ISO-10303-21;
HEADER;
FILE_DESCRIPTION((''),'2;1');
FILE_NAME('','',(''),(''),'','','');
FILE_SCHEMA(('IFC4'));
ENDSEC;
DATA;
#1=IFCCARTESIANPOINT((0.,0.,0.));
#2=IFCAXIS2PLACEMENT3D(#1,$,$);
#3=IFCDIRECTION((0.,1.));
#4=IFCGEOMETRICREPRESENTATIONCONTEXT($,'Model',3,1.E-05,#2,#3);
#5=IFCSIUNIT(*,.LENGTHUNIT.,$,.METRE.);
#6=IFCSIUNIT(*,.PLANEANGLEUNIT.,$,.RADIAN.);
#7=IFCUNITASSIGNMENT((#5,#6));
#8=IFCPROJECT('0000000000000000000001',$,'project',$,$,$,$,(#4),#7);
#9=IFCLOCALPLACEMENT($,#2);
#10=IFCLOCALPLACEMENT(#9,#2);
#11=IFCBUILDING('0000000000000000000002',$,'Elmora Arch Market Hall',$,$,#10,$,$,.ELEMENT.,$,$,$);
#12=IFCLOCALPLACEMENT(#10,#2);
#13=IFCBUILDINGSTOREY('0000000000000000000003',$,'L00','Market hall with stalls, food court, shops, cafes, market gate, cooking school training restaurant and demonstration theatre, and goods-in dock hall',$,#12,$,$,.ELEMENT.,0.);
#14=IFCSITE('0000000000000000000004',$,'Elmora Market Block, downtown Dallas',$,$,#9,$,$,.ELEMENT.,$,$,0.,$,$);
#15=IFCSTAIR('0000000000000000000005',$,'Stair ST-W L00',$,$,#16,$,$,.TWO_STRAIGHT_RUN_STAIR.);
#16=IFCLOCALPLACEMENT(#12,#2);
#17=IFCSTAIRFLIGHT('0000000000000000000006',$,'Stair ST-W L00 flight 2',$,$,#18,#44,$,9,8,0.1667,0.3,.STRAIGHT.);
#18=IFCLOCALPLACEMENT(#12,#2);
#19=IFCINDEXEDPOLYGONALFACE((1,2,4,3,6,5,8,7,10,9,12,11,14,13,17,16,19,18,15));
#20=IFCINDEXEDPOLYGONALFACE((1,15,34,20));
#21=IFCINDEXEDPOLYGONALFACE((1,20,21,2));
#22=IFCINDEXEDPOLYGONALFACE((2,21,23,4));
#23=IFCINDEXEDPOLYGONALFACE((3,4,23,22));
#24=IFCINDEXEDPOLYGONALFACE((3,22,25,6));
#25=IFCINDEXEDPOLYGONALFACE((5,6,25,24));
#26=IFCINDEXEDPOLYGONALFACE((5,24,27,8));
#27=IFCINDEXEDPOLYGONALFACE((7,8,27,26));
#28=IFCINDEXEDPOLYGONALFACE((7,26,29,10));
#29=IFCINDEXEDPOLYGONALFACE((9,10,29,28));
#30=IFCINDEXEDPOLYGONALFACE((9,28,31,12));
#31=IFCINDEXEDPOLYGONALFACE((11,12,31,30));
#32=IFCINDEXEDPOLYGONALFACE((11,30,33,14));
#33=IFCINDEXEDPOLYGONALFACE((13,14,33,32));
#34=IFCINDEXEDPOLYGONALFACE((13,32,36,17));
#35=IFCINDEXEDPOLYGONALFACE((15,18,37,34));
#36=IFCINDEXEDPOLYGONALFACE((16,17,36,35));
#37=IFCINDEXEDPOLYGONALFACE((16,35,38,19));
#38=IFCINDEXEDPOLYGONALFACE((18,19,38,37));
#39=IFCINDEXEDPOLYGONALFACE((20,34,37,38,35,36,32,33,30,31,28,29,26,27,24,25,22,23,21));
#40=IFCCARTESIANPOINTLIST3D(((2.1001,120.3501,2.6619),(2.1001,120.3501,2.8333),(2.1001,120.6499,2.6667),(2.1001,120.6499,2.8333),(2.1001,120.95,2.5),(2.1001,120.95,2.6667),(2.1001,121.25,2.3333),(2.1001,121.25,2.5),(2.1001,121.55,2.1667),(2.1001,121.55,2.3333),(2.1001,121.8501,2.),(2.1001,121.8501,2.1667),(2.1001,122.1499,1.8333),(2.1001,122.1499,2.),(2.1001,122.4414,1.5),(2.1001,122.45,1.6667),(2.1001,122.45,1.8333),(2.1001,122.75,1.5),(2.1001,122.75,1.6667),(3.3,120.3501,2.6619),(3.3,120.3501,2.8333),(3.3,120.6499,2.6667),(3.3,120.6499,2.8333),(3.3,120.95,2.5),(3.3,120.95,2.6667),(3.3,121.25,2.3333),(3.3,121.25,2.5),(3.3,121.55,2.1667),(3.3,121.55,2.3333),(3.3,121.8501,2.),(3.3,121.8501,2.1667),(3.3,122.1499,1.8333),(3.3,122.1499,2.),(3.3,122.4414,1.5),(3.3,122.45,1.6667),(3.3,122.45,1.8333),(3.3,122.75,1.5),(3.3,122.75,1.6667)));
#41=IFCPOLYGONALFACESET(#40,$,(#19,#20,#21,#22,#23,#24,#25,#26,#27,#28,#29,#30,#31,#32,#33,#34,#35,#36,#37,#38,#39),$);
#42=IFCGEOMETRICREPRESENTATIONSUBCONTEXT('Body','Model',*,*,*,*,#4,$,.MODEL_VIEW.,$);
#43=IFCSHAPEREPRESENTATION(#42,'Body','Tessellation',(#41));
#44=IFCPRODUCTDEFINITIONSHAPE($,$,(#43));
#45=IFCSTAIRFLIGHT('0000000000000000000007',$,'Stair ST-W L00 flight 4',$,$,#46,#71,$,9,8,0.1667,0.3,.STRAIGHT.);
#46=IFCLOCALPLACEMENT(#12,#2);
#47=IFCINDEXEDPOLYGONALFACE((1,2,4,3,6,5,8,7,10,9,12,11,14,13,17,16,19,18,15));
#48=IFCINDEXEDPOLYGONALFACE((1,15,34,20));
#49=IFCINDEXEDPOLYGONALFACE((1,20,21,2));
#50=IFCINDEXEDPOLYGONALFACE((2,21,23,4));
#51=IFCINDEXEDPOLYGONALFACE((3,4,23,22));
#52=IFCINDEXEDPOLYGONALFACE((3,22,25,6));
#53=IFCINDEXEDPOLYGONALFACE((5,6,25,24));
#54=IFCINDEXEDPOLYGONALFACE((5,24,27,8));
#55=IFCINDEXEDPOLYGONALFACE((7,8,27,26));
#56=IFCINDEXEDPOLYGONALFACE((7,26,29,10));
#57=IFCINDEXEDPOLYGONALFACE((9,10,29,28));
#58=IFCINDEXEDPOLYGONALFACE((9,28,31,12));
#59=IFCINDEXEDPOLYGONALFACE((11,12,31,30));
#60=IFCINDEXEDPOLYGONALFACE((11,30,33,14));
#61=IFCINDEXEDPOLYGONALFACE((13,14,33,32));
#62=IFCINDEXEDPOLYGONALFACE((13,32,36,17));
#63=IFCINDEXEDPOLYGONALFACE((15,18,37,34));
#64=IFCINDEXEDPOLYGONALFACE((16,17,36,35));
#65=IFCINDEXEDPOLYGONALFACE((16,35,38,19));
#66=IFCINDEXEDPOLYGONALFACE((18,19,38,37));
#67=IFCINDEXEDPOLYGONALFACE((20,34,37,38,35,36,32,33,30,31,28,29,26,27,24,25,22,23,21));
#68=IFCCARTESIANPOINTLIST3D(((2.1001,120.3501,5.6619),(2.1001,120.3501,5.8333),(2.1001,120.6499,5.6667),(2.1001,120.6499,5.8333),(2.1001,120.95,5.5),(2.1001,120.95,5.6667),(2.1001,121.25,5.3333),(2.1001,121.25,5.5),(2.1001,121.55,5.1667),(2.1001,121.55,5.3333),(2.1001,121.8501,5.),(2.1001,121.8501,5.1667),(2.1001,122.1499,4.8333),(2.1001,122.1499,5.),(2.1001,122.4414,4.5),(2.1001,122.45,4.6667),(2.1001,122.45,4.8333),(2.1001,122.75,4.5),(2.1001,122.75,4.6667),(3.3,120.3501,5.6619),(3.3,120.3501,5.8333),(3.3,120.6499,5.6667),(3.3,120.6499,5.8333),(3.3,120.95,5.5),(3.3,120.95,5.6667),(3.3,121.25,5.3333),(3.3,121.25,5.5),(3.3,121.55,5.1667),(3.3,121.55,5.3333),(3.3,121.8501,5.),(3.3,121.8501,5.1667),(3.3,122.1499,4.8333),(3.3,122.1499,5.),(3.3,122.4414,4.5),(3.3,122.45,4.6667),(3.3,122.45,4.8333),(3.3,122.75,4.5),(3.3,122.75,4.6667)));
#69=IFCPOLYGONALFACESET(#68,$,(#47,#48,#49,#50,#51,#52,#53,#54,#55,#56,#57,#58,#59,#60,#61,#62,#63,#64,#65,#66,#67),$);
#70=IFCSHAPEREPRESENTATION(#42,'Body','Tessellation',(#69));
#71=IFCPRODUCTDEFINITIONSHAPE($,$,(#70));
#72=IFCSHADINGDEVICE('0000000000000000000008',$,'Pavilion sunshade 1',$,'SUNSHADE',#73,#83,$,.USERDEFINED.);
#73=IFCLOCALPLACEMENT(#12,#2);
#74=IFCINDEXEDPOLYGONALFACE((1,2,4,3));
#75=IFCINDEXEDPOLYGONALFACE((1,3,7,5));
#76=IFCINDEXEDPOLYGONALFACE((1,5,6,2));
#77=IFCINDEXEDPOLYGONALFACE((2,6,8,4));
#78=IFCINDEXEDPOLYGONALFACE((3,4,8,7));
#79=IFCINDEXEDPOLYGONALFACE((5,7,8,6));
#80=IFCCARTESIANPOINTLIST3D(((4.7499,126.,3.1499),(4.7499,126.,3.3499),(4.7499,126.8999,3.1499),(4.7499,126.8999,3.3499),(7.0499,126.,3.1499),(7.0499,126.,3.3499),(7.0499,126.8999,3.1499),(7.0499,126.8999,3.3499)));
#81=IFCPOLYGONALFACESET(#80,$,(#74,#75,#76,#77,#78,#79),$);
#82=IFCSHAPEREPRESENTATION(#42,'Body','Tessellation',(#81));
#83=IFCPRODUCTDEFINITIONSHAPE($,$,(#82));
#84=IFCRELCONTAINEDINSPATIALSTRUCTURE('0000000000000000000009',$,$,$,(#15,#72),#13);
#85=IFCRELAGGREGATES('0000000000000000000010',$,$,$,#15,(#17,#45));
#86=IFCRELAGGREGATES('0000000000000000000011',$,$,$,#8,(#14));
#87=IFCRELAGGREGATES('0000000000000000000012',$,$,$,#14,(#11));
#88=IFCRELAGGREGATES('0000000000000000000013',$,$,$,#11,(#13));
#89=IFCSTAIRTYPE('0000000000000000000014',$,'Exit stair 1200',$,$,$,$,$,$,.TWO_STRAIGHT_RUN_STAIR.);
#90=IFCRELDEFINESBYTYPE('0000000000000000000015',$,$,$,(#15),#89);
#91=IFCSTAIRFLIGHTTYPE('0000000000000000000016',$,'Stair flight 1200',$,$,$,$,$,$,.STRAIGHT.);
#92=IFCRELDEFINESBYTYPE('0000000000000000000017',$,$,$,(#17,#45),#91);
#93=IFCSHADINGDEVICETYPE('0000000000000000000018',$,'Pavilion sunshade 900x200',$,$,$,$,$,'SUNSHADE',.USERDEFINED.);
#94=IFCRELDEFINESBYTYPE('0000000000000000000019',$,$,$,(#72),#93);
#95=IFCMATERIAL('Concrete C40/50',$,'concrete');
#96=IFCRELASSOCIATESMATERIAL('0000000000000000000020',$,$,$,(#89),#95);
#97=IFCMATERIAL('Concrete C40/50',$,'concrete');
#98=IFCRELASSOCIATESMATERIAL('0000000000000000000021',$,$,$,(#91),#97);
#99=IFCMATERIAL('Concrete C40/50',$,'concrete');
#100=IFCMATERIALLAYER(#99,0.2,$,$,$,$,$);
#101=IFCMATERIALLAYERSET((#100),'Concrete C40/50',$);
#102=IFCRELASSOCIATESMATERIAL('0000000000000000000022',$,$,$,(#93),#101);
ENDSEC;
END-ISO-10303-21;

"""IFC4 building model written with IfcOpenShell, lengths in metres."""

from ifc_helpers import new_model, si_unit, direction, frame, origin, origin_2d, place, context, subcontext, project, spatial, polyline, rectangle, outline, extrude, material, layer, layer_set, type_object, element, aggregate, save


model = new_model("IFC4")

# Units and contexts
model_context = context("Model", 3, precision=1e-05, world=origin(), true_north=direction((0.0, 1.0)))
body_context = subcontext(model_context, "Body", "Model", "MODEL_VIEW")
ifc_project = project(units=[si_unit("LENGTHUNIT", "METRE"), si_unit("PLANEANGLEUNIT", "RADIAN")], contexts=[model_context])

# Site, building, storey
site_placement = place(None, origin())
site = spatial("IfcSite", under=ifc_project, at=site_placement, Name="Elmora Market Block, downtown Dallas", CompositionType="ELEMENT", RefElevation=0.0)
building_placement = place(site_placement, origin())
building = spatial("IfcBuilding", under=site, at=building_placement, Name="Elmora Arch Market Hall", CompositionType="ELEMENT")
storey_placement = place(building_placement, origin())
storey = spatial("IfcBuildingStorey", under=building, at=storey_placement, Name="L00", Description="Market hall with stalls, food court, shops, cafes, market gate, cooking school training restaurant and demonstration theatre, and goods-in dock hall", CompositionType="ELEMENT", Elevation=0.0)

# Stair, stair flights
ifc_material_1 = material(Name="Concrete C40/50", Category="concrete")
stair_type = type_object("IfcStairType", Name="Exit stair 1200", PredefinedType="TWO_STRAIGHT_RUN_STAIR", material=ifc_material_1)
stair_placement = place(storey_placement, origin())
stair = element("IfcStair", 1, at=stair_placement, inside=storey, type_object=stair_type, Name="Stair ST-W L00", PredefinedType="TWO_STRAIGHT_RUN_STAIR")
ifc_material_2 = material(Name="Concrete C40/50", Category="concrete")
stair_flight_type = type_object("IfcStairFlightType", Name="Stair flight 1200", PredefinedType="STRAIGHT", material=ifc_material_2)
stair_flight_1_placement = place(storey_placement, frame((2.7, 122.75, 1.5), z_axis=(0.0, 0.0, 1.0), x_axis=(0.0, -1.0, 0.0)))
stair_flight_1 = element("IfcStairFlight", 2, at=stair_flight_1_placement, type_object=stair_flight_type, Name="Stair ST-W L00 flight 2", NumberOfRisers=9, NumberOfTreads=8, PredefinedType="STRAIGHT", RiserHeight=0.1667, TreadLength=0.3, context=body_context, shape_type="SweptSolid", body=[
    extrude(outline(polyline([(0.0, 0.0), (0.0, 0.1667), (0.3, 0.1667), (0.3, 0.3333), (0.6001, 0.3333), (0.6001, 0.5), (0.8999, 0.5), (0.8999, 0.6667), (1.2, 0.6667), (1.2, 0.8333), (1.5, 0.8333), (1.5, 1.0), (1.8, 1.0), (1.8, 1.1667), (2.1001, 1.1667), (2.1001, 1.3333), (2.3999, 1.3333), (2.3999, 1.5), (2.3999, 1.1619), (0.3086, 0.0), (0.0, 0.0)])), frame((0.0, 0.6001, 0.0), z_axis=(0.0, -1.0, 0.0), x_axis=(1.0, 0.0, 0.0)), (0.0, 0.0, 1.0), 1.2),
])
stair_flight_2_placement = place(storey_placement, frame((2.7, 122.75, 4.5), z_axis=(0.0, 0.0, 1.0), x_axis=(0.0, -1.0, 0.0)))
stair_flight_2 = element("IfcStairFlight", 3, at=stair_flight_2_placement, type_object=stair_flight_type, Name="Stair ST-W L00 flight 4", NumberOfRisers=9, NumberOfTreads=8, PredefinedType="STRAIGHT", RiserHeight=0.1667, TreadLength=0.3, context=body_context, shape_type="SweptSolid", body=[
    extrude(outline(polyline([(0.0, 0.0), (0.0, 0.1667), (0.3, 0.1667), (0.3, 0.3333), (0.6001, 0.3333), (0.6001, 0.5), (0.8999, 0.5), (0.8999, 0.6667), (1.2, 0.6667), (1.2, 0.8333), (1.5, 0.8333), (1.5, 1.0), (1.8, 1.0), (1.8, 1.1667), (2.1001, 1.1667), (2.1001, 1.3333), (2.3999, 1.3333), (2.3999, 1.5), (2.3999, 1.1619), (0.3086, 0.0), (0.0, 0.0)])), frame((0.0, 0.6001, 0.0), z_axis=(0.0, -1.0, 0.0), x_axis=(1.0, 0.0, 0.0)), (0.0, 0.0, 1.0), 1.2),
])
aggregate(stair, [stair_flight_1, stair_flight_2])

# Shading device
ifc_material_3 = material(Name="Concrete C40/50", Category="concrete")
ifc_layer_1 = layer(ifc_material_3, 0.2)
ifc_layer_set_1 = layer_set([ifc_layer_1], Name="Concrete C40/50")
shading_device_type = type_object("IfcShadingDeviceType", Name="Pavilion sunshade 900x200", ElementType="SUNSHADE", PredefinedType="USERDEFINED", material=ifc_layer_set_1)
shading_device_placement = place(storey_placement, frame((5.8999, 126.45, 3.1499), z_axis=(0.0, 0.0, 1.0), x_axis=(1.0, 0.0, 0.0)))
element("IfcShadingDevice", 4, at=shading_device_placement, inside=storey, type_object=shading_device_type, Name="Pavilion sunshade 1", ObjectType="SUNSHADE", PredefinedType="USERDEFINED", context=body_context, shape_type="SweptSolid", body=[
    extrude(rectangle(XDim=2.3, YDim=0.8999, at=origin_2d()), origin(), (0.0, 0.0, 1.0), 0.2),
])

save(model, "model.ifc")
